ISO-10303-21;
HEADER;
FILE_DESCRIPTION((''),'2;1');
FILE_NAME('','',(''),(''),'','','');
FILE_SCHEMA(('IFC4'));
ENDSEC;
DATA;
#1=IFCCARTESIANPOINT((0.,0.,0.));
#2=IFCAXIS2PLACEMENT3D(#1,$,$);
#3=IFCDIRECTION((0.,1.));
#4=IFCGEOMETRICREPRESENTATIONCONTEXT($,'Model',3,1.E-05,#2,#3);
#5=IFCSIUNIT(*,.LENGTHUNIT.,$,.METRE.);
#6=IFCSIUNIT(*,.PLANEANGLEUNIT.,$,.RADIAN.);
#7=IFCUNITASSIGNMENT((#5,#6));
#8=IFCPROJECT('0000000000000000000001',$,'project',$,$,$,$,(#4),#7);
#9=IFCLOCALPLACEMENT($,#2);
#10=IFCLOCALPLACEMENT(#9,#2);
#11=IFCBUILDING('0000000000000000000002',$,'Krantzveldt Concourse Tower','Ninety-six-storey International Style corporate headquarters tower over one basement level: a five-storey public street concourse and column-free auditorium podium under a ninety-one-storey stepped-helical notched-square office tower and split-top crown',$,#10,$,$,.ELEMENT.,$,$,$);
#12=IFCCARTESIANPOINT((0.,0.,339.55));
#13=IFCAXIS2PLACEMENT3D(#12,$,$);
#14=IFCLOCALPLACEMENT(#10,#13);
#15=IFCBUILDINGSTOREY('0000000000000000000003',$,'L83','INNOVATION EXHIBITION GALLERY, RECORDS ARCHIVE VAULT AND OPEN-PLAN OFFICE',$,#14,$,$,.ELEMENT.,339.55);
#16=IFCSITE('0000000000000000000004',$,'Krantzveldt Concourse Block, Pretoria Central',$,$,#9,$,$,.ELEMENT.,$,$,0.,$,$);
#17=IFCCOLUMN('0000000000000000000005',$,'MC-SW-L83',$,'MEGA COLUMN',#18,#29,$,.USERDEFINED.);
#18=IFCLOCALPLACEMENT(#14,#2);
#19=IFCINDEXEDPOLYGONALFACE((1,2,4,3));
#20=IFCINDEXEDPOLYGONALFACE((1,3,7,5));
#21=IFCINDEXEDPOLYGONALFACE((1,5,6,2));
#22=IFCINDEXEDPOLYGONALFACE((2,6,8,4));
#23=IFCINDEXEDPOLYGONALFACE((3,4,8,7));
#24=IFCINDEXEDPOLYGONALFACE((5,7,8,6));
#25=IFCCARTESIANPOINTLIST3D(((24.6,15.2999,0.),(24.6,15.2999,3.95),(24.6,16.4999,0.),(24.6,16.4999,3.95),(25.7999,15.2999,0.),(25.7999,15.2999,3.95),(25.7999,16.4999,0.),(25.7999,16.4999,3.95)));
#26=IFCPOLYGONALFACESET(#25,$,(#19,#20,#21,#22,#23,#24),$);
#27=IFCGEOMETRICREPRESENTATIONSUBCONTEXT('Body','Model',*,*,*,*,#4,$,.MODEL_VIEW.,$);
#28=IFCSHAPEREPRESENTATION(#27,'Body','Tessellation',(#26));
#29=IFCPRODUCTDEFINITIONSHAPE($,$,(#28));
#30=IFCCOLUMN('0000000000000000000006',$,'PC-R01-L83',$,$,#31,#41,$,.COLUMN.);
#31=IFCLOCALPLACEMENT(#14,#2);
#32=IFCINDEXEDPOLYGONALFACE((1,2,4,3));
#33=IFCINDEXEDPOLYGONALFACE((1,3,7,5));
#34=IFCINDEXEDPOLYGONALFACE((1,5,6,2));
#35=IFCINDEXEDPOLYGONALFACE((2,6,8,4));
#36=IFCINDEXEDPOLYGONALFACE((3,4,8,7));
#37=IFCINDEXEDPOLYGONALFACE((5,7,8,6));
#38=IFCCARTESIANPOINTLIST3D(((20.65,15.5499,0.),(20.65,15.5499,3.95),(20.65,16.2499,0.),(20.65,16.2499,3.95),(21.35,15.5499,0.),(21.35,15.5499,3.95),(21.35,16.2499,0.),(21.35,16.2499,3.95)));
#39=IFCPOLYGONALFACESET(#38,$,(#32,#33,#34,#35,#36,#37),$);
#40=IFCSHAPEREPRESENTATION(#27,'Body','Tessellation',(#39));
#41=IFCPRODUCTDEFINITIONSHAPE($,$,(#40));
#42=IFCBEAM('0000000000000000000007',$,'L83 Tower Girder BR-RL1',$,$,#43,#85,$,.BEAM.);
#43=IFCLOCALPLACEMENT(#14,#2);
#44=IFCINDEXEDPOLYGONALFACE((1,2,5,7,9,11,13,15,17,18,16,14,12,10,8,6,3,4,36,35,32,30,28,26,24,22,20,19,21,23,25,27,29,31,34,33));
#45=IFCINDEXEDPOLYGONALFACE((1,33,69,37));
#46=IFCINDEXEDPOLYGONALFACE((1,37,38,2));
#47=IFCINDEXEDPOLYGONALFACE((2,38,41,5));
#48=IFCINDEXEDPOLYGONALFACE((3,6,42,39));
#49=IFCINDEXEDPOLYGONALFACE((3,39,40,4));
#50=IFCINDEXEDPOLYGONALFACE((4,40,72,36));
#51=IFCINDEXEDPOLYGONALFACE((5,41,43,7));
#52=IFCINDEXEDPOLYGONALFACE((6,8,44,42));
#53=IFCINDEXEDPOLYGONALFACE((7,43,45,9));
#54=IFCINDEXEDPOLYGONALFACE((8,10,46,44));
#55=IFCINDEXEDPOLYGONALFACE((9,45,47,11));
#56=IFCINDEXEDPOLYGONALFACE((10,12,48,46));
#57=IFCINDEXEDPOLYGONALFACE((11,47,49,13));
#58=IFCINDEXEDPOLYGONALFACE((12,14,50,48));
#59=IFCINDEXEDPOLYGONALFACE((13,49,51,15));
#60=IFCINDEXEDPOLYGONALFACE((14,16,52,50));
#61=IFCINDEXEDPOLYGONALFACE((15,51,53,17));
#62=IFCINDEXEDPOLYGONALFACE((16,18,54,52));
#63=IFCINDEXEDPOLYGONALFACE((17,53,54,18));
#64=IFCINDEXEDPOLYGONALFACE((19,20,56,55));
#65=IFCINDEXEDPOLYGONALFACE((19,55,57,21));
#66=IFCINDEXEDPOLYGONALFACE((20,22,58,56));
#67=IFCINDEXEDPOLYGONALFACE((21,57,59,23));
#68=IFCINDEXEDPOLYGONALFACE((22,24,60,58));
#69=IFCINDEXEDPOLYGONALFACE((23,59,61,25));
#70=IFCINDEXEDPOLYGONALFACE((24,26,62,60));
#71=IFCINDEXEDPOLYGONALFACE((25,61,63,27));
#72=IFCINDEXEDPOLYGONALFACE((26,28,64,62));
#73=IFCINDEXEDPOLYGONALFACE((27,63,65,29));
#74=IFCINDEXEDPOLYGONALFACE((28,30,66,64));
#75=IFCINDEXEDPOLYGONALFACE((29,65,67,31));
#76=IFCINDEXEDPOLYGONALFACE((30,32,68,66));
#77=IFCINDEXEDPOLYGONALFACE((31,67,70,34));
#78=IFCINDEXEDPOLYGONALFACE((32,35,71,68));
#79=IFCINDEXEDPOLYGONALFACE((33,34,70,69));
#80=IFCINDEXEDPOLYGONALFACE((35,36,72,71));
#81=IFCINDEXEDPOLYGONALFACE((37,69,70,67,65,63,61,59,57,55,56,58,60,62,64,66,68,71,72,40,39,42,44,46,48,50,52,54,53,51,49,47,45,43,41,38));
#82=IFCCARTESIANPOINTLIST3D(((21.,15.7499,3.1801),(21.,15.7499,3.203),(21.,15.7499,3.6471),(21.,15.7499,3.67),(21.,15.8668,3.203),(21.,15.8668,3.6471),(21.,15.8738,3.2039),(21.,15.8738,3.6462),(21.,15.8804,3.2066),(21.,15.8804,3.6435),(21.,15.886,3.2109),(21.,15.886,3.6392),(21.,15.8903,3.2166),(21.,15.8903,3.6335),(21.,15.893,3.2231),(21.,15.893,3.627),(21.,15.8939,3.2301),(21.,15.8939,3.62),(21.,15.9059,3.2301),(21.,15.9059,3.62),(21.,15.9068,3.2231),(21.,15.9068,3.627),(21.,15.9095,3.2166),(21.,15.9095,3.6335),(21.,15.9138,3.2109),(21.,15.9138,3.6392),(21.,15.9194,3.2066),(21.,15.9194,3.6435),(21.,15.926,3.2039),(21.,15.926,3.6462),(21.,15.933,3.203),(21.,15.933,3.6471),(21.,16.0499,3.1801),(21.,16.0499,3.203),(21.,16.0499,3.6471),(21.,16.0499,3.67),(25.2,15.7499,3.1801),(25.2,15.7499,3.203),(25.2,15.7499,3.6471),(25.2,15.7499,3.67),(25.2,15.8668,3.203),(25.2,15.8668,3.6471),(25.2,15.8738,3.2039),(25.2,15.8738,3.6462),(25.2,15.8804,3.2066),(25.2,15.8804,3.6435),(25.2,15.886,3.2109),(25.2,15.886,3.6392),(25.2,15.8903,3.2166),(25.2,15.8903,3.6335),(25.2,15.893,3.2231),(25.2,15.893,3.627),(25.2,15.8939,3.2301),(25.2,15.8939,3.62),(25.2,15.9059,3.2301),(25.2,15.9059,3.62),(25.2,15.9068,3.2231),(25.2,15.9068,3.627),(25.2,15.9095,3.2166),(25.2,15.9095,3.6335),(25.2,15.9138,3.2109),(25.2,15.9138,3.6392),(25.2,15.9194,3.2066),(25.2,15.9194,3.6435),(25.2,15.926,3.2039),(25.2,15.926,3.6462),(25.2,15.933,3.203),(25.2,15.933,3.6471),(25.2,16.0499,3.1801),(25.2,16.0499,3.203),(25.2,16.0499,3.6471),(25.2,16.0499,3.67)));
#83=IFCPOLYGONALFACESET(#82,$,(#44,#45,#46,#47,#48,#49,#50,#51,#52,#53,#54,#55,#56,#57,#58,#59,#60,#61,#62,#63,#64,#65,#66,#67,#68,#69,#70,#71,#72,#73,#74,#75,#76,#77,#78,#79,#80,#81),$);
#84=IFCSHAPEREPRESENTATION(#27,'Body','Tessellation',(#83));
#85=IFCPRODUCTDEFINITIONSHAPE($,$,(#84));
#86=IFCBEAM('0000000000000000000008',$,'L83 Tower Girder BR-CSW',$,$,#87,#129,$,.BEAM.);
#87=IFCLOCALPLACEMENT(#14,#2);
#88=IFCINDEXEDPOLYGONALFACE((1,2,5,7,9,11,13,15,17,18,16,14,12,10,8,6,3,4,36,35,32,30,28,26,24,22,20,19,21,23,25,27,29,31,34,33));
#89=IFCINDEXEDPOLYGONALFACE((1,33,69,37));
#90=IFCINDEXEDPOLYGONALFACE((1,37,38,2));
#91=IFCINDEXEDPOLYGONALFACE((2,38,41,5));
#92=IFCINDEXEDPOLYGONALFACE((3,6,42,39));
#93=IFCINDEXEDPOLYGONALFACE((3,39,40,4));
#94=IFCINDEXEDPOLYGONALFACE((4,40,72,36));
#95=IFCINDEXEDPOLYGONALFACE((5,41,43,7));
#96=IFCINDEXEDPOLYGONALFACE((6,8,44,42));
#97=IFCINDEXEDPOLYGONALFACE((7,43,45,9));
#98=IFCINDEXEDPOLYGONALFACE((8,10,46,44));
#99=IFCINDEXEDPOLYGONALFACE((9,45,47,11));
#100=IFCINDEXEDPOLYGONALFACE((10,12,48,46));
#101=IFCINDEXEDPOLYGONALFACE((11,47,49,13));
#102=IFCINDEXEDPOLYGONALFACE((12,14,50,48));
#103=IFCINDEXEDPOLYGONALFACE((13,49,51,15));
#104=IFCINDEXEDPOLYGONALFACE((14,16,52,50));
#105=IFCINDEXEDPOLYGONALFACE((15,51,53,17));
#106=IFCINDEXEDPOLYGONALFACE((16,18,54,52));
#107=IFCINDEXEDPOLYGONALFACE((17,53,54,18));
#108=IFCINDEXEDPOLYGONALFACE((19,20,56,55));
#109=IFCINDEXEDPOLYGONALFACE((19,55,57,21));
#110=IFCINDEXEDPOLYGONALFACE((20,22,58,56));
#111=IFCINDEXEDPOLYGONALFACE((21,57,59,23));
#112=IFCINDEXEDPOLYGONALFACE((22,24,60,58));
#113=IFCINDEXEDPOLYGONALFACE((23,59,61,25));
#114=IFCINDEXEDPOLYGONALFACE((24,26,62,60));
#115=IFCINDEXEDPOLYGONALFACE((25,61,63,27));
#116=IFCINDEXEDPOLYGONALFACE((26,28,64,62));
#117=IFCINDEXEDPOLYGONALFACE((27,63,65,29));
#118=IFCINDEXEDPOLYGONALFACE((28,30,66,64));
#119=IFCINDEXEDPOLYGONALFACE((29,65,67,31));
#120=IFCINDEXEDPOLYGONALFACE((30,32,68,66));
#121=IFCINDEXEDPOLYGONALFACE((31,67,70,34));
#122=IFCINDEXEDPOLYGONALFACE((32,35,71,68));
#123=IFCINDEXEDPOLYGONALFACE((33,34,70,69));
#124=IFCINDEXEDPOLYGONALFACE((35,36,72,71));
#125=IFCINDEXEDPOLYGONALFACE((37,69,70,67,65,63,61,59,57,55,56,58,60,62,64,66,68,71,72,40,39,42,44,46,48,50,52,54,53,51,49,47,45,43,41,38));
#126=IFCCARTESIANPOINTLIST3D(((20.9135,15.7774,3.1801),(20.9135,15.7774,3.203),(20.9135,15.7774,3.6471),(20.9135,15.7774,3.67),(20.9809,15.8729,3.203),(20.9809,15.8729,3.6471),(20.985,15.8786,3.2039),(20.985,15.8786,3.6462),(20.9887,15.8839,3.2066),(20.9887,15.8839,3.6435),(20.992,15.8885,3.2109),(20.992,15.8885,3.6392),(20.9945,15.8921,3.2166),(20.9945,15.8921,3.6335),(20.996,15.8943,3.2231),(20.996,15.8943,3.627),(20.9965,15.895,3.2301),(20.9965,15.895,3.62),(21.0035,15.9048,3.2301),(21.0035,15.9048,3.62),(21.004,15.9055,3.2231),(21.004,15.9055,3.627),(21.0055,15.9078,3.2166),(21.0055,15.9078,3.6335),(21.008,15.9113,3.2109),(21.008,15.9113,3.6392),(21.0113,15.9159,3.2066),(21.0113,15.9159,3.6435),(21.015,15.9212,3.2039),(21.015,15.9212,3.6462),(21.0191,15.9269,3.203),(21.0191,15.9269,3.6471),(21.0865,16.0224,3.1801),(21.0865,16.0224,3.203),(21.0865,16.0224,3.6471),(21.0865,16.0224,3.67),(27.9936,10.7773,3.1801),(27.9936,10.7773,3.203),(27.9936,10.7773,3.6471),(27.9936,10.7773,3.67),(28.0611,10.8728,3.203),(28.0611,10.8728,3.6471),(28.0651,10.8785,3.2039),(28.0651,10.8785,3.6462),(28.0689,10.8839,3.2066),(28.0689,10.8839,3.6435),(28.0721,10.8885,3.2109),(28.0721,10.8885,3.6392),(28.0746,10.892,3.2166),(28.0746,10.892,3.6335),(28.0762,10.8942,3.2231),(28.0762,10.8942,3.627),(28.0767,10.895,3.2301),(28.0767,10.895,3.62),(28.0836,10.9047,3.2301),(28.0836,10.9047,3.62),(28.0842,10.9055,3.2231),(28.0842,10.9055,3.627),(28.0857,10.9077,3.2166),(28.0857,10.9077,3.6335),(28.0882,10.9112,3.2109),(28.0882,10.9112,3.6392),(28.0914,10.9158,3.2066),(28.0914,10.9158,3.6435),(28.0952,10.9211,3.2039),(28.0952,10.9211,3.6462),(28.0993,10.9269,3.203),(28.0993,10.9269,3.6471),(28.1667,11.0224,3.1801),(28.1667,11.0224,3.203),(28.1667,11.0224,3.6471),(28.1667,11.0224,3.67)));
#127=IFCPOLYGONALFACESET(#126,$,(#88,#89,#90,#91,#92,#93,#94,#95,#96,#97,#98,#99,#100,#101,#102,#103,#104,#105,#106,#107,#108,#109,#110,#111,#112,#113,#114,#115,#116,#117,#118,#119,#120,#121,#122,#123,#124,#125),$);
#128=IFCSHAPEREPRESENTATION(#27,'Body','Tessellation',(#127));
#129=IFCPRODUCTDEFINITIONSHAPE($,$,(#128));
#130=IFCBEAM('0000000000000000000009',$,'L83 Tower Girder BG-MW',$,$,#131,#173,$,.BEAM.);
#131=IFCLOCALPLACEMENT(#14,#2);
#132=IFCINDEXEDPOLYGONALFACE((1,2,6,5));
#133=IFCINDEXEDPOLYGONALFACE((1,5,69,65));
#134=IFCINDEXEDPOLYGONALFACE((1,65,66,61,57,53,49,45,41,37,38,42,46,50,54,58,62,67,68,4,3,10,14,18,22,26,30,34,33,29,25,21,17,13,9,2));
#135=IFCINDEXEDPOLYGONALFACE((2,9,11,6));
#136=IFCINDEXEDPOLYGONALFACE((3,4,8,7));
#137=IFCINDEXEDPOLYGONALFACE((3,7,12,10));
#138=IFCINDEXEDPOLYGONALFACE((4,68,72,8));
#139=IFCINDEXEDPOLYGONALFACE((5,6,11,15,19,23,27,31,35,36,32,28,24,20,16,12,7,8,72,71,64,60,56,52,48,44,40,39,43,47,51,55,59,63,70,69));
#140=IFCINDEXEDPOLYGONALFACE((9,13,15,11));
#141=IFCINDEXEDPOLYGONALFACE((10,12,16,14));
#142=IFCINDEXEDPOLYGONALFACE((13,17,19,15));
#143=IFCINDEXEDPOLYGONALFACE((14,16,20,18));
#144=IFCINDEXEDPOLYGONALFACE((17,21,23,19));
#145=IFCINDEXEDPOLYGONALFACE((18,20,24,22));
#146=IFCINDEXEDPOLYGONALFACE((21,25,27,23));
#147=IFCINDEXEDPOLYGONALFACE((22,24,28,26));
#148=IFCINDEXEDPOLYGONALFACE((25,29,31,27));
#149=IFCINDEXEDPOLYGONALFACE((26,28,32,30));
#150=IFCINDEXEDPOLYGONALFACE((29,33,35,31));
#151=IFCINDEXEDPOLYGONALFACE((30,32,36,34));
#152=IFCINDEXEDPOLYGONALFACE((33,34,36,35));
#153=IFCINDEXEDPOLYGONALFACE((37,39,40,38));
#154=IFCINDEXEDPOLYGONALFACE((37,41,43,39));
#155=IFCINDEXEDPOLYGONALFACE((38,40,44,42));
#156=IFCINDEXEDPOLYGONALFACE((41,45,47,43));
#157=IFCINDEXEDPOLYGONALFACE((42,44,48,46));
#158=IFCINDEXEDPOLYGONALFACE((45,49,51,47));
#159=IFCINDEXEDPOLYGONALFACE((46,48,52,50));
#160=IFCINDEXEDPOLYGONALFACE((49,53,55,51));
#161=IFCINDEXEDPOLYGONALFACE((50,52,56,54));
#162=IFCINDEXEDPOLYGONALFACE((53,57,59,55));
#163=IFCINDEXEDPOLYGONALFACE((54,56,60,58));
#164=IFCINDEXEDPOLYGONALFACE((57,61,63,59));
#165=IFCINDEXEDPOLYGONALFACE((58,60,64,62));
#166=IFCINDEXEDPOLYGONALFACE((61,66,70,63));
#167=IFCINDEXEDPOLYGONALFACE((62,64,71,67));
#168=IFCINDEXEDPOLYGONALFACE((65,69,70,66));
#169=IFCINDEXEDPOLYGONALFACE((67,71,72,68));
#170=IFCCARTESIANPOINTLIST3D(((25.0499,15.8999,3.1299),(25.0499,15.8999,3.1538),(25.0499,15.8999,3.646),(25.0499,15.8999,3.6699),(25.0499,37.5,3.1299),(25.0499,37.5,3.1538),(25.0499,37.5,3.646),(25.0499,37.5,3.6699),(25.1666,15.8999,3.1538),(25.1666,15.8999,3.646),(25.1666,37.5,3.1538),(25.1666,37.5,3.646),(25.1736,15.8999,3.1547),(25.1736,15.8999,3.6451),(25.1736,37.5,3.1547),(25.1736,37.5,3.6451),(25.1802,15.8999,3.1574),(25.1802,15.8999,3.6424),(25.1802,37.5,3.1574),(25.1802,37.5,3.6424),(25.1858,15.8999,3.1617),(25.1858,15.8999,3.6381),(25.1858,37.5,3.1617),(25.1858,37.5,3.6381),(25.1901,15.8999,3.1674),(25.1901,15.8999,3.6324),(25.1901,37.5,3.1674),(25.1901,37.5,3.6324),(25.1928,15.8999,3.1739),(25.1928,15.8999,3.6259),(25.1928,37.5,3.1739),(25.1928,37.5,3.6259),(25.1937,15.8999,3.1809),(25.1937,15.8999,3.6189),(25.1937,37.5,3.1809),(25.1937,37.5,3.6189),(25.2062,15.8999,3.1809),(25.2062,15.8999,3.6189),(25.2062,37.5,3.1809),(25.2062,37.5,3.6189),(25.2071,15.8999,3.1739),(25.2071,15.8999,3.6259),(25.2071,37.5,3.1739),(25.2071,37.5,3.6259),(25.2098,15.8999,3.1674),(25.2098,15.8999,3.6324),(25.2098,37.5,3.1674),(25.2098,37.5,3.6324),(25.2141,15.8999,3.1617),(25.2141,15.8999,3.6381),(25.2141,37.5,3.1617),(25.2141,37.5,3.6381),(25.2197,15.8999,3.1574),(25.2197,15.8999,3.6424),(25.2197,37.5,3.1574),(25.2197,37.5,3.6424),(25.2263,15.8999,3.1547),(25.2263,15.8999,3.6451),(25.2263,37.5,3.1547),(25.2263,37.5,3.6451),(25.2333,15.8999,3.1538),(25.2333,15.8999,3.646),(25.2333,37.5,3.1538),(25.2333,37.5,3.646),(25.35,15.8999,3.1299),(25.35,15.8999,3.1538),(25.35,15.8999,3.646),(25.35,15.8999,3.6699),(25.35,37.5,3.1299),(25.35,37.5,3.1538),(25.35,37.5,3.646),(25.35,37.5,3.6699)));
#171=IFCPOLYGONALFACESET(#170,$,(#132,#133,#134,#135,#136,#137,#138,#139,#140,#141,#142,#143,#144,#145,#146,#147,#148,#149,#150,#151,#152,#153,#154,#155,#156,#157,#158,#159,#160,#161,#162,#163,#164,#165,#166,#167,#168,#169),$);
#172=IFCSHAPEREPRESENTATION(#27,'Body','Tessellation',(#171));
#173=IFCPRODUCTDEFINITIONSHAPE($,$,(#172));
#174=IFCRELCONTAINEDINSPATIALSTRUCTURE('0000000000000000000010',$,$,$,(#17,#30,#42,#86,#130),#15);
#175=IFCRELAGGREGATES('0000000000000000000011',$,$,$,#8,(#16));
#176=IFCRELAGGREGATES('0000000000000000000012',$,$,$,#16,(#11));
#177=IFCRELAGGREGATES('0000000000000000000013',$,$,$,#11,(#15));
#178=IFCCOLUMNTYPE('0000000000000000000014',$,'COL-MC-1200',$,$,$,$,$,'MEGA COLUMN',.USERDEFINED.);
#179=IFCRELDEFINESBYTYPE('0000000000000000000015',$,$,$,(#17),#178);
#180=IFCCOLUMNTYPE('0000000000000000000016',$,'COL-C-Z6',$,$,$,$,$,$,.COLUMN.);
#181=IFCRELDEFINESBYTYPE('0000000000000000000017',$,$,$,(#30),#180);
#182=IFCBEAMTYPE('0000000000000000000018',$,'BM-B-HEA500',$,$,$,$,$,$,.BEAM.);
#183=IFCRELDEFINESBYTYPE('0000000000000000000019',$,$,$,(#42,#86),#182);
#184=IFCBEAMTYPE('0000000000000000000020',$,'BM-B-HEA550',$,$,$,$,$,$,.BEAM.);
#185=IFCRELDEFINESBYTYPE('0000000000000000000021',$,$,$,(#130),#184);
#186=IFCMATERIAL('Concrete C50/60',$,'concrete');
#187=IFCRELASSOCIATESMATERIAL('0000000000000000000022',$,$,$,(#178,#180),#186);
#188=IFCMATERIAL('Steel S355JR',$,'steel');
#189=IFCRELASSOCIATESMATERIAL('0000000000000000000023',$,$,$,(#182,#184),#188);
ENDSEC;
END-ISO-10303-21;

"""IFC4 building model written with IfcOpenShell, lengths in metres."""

from ifc_helpers import new_model, si_unit, direction, frame, origin, origin_2d, place, context, subcontext, project, spatial, rectangle, i_section, extrude, source, transform, mapped, material, material_profile, profile_set, type_object, type_shapes, element, save


model = new_model("IFC4")

# Units and contexts
model_context = context("Model", 3, precision=1e-05, world=origin(), true_north=direction((0.0, 1.0)))
body_context = subcontext(model_context, "Body", "Model", "MODEL_VIEW")
ifc_project = project(units=[si_unit("LENGTHUNIT", "METRE"), si_unit("PLANEANGLEUNIT", "RADIAN")], contexts=[model_context])

# Site, building, storey
site_placement = place(None, origin())
site = spatial("IfcSite", under=ifc_project, at=site_placement, Name="Krantzveldt Concourse Block, Pretoria Central", CompositionType="ELEMENT", RefElevation=0.0)
building_placement = place(site_placement, origin())
building = spatial("IfcBuilding", under=site, at=building_placement, Name="Krantzveldt Concourse Tower", Description="Ninety-six-storey International Style corporate headquarters tower over one basement level: a five-storey public street concourse and column-free auditorium podium under a ninety-one-storey stepped-helical notched-square office tower and split-top crown", CompositionType="ELEMENT")
storey_placement = place(building_placement, frame((0.0, 0.0, 339.55)))
storey = spatial("IfcBuildingStorey", under=building, at=storey_placement, Name="L83", Description="INNOVATION EXHIBITION GALLERY, RECORDS ARCHIVE VAULT AND OPEN-PLAN OFFICE", CompositionType="ELEMENT", Elevation=339.55)

# Columns
ifc_material_1 = material(Name="Concrete C50/60", Category="concrete")
ifc_material_profile_1 = material_profile(ifc_material_1, rectangle(XDim=1.2, YDim=1.2, at=origin_2d()), Name="Concrete C50/60", Category="concrete")
ifc_profile_set_1 = profile_set([ifc_material_profile_1], Name="Concrete C50/60 - RC 1200x1200")
column_type_1 = type_object("IfcColumnType", Name="COL-MC-1200", ElementType="MEGA COLUMN", PredefinedType="USERDEFINED", material=ifc_profile_set_1)
shared_shape_1 = source(origin(), body_context, "Body", "SweptSolid", [
    extrude(rectangle(XDim=1.2, YDim=1.2, at=origin_2d()), origin(), (0.0, 0.0, 1.0), 3.95),
])
type_shapes(column_type_1, [shared_shape_1])
column_1_placement = place(storey_placement, frame((25.2, 15.8999, 0.0), z_axis=(0.0, 0.0, 1.0), x_axis=(1.0, 0.0, 0.0)))
element("IfcColumn", 1, at=column_1_placement, inside=storey, type_object=column_type_1, Name="MC-SW-L83", ObjectType="MEGA COLUMN", PredefinedType="USERDEFINED", context=body_context, shape_type="MappedRepresentation", body=[
    mapped(shared_shape_1, transform((0.0, 0.0, 0.0), x_axis=(1.0, 0.0, 0.0), y_axis=(0.0, 1.0, 0.0), z_axis=(0.0, 0.0, 1.0), scale=1.0)),
])
ifc_material_profile_2 = material_profile(ifc_material_1, rectangle(XDim=0.7, YDim=0.7, at=origin_2d()), Name="Concrete C50/60", Category="concrete")
ifc_profile_set_2 = profile_set([ifc_material_profile_2], Name="Concrete C50/60 - RC 700x700")
column_type_2 = type_object("IfcColumnType", Name="COL-C-Z6", PredefinedType="COLUMN", material=ifc_profile_set_2)
shared_shape_2 = source(origin(), body_context, "Body", "SweptSolid", [
    extrude(rectangle(XDim=0.7, YDim=0.7, at=origin_2d()), origin(), (0.0, 0.0, 1.0), 3.95),
])
type_shapes(column_type_2, [shared_shape_2])
column_2_placement = place(storey_placement, frame((21.0, 15.8999, 0.0), z_axis=(0.0, 0.0, 1.0), x_axis=(1.0, 0.0, 0.0)))
element("IfcColumn", 2, at=column_2_placement, inside=storey, type_object=column_type_2, Name="PC-R01-L83", PredefinedType="COLUMN", context=body_context, shape_type="MappedRepresentation", body=[
    mapped(shared_shape_2, transform((0.0, 0.0, 0.0), x_axis=(1.0, 0.0, 0.0), y_axis=(0.0, 1.0, 0.0), z_axis=(0.0, 0.0, 1.0), scale=1.0)),
])

# Beams
ifc_material_2 = material(Name="Steel S355JR", Category="steel")
ifc_material_profile_3 = material_profile(ifc_material_2, i_section(OverallWidth=0.3, OverallDepth=0.49, WebThickness=0.012, FlangeThickness=0.0229, FilletRadius=0.0271, at=origin_2d()), Name="Steel S355JR", Category="steel")
ifc_profile_set_3 = profile_set([ifc_material_profile_3], Name="Steel S355JR - HEA 500")
beam_type_1 = type_object("IfcBeamType", Name="BM-B-HEA500", PredefinedType="BEAM", material=ifc_profile_set_3)
shared_shape_3 = source(origin(), body_context, "Body", "SweptSolid", [
    extrude(i_section(OverallWidth=0.3, OverallDepth=0.49, WebThickness=0.012, FlangeThickness=0.0229, FilletRadius=0.0271, at=origin_2d()), origin(), (0.0, 0.0, 1.0), 4.2),
])
beam_1_placement = place(storey_placement, frame((21.0, 15.8999, 3.425), z_axis=(1.0, 0.0, 0.0), x_axis=(0.0, 1.0, 0.0)))
element("IfcBeam", 3, at=beam_1_placement, inside=storey, type_object=beam_type_1, Name="L83 Tower Girder BR-RL1", PredefinedType="BEAM", context=body_context, shape_type="MappedRepresentation", body=[
    mapped(shared_shape_3, transform((0.0, 0.0, 0.0), x_axis=(1.0, 0.0, 0.0), y_axis=(0.0, 1.0, 0.0), z_axis=(0.0, 0.0, 1.0), scale=1.0)),
])
shared_shape_4 = source(origin(), body_context, "Body", "SweptSolid", [
    extrude(i_section(OverallWidth=0.3, OverallDepth=0.49, WebThickness=0.012, FlangeThickness=0.0229, FilletRadius=0.0271, at=origin_2d()), origin(), (0.0, 0.0, 1.0), 8.6677),
])
type_shapes(beam_type_1, [shared_shape_3, shared_shape_4])
beam_2_placement = place(storey_placement, frame((21.0, 15.8999, 3.425), z_axis=(0.816843, -0.57686, 0.0), x_axis=(0.57686, 0.816843, 0.0)))
element("IfcBeam", 4, at=beam_2_placement, inside=storey, type_object=beam_type_1, Name="L83 Tower Girder BR-CSW", PredefinedType="BEAM", context=body_context, shape_type="MappedRepresentation", body=[
    mapped(shared_shape_4, transform((0.0, 0.0, 0.0), x_axis=(1.0, 0.0, 0.0), y_axis=(0.0, 1.0, 0.0), z_axis=(0.0, 0.0, 1.0), scale=1.0)),
])
ifc_material_profile_4 = material_profile(ifc_material_2, i_section(OverallWidth=0.3, OverallDepth=0.54, WebThickness=0.0125, FlangeThickness=0.0239, FilletRadius=0.0271, at=origin_2d()), Name="Steel S355JR", Category="steel")
ifc_profile_set_4 = profile_set([ifc_material_profile_4], Name="Steel S355JR - HEA 550")
beam_type_2 = type_object("IfcBeamType", Name="BM-B-HEA550", PredefinedType="BEAM", material=ifc_profile_set_4)
shared_shape_5 = source(origin(), body_context, "Body", "SweptSolid", [
    extrude(i_section(OverallWidth=0.3, OverallDepth=0.54, WebThickness=0.0125, FlangeThickness=0.0239, FilletRadius=0.0271, at=origin_2d()), origin(), (0.0, 0.0, 1.0), 21.6001),
])
beam_3_placement = place(storey_placement, frame((25.2, 15.8999, 3.3999), z_axis=(0.0, 1.0, 0.0), x_axis=(-1.0, 0.0, 0.0)))
element("IfcBeam", 5, at=beam_3_placement, inside=storey, type_object=beam_type_2, Name="L83 Tower Girder BG-MW", PredefinedType="BEAM", context=body_context, shape_type="MappedRepresentation", body=[
    mapped(shared_shape_5, transform((0.0, 0.0, 0.0), x_axis=(1.0, 0.0, 0.0), y_axis=(0.0, 1.0, 0.0), z_axis=(0.0, 0.0, 1.0), scale=1.0)),
])

save(model, "model.ifc")
